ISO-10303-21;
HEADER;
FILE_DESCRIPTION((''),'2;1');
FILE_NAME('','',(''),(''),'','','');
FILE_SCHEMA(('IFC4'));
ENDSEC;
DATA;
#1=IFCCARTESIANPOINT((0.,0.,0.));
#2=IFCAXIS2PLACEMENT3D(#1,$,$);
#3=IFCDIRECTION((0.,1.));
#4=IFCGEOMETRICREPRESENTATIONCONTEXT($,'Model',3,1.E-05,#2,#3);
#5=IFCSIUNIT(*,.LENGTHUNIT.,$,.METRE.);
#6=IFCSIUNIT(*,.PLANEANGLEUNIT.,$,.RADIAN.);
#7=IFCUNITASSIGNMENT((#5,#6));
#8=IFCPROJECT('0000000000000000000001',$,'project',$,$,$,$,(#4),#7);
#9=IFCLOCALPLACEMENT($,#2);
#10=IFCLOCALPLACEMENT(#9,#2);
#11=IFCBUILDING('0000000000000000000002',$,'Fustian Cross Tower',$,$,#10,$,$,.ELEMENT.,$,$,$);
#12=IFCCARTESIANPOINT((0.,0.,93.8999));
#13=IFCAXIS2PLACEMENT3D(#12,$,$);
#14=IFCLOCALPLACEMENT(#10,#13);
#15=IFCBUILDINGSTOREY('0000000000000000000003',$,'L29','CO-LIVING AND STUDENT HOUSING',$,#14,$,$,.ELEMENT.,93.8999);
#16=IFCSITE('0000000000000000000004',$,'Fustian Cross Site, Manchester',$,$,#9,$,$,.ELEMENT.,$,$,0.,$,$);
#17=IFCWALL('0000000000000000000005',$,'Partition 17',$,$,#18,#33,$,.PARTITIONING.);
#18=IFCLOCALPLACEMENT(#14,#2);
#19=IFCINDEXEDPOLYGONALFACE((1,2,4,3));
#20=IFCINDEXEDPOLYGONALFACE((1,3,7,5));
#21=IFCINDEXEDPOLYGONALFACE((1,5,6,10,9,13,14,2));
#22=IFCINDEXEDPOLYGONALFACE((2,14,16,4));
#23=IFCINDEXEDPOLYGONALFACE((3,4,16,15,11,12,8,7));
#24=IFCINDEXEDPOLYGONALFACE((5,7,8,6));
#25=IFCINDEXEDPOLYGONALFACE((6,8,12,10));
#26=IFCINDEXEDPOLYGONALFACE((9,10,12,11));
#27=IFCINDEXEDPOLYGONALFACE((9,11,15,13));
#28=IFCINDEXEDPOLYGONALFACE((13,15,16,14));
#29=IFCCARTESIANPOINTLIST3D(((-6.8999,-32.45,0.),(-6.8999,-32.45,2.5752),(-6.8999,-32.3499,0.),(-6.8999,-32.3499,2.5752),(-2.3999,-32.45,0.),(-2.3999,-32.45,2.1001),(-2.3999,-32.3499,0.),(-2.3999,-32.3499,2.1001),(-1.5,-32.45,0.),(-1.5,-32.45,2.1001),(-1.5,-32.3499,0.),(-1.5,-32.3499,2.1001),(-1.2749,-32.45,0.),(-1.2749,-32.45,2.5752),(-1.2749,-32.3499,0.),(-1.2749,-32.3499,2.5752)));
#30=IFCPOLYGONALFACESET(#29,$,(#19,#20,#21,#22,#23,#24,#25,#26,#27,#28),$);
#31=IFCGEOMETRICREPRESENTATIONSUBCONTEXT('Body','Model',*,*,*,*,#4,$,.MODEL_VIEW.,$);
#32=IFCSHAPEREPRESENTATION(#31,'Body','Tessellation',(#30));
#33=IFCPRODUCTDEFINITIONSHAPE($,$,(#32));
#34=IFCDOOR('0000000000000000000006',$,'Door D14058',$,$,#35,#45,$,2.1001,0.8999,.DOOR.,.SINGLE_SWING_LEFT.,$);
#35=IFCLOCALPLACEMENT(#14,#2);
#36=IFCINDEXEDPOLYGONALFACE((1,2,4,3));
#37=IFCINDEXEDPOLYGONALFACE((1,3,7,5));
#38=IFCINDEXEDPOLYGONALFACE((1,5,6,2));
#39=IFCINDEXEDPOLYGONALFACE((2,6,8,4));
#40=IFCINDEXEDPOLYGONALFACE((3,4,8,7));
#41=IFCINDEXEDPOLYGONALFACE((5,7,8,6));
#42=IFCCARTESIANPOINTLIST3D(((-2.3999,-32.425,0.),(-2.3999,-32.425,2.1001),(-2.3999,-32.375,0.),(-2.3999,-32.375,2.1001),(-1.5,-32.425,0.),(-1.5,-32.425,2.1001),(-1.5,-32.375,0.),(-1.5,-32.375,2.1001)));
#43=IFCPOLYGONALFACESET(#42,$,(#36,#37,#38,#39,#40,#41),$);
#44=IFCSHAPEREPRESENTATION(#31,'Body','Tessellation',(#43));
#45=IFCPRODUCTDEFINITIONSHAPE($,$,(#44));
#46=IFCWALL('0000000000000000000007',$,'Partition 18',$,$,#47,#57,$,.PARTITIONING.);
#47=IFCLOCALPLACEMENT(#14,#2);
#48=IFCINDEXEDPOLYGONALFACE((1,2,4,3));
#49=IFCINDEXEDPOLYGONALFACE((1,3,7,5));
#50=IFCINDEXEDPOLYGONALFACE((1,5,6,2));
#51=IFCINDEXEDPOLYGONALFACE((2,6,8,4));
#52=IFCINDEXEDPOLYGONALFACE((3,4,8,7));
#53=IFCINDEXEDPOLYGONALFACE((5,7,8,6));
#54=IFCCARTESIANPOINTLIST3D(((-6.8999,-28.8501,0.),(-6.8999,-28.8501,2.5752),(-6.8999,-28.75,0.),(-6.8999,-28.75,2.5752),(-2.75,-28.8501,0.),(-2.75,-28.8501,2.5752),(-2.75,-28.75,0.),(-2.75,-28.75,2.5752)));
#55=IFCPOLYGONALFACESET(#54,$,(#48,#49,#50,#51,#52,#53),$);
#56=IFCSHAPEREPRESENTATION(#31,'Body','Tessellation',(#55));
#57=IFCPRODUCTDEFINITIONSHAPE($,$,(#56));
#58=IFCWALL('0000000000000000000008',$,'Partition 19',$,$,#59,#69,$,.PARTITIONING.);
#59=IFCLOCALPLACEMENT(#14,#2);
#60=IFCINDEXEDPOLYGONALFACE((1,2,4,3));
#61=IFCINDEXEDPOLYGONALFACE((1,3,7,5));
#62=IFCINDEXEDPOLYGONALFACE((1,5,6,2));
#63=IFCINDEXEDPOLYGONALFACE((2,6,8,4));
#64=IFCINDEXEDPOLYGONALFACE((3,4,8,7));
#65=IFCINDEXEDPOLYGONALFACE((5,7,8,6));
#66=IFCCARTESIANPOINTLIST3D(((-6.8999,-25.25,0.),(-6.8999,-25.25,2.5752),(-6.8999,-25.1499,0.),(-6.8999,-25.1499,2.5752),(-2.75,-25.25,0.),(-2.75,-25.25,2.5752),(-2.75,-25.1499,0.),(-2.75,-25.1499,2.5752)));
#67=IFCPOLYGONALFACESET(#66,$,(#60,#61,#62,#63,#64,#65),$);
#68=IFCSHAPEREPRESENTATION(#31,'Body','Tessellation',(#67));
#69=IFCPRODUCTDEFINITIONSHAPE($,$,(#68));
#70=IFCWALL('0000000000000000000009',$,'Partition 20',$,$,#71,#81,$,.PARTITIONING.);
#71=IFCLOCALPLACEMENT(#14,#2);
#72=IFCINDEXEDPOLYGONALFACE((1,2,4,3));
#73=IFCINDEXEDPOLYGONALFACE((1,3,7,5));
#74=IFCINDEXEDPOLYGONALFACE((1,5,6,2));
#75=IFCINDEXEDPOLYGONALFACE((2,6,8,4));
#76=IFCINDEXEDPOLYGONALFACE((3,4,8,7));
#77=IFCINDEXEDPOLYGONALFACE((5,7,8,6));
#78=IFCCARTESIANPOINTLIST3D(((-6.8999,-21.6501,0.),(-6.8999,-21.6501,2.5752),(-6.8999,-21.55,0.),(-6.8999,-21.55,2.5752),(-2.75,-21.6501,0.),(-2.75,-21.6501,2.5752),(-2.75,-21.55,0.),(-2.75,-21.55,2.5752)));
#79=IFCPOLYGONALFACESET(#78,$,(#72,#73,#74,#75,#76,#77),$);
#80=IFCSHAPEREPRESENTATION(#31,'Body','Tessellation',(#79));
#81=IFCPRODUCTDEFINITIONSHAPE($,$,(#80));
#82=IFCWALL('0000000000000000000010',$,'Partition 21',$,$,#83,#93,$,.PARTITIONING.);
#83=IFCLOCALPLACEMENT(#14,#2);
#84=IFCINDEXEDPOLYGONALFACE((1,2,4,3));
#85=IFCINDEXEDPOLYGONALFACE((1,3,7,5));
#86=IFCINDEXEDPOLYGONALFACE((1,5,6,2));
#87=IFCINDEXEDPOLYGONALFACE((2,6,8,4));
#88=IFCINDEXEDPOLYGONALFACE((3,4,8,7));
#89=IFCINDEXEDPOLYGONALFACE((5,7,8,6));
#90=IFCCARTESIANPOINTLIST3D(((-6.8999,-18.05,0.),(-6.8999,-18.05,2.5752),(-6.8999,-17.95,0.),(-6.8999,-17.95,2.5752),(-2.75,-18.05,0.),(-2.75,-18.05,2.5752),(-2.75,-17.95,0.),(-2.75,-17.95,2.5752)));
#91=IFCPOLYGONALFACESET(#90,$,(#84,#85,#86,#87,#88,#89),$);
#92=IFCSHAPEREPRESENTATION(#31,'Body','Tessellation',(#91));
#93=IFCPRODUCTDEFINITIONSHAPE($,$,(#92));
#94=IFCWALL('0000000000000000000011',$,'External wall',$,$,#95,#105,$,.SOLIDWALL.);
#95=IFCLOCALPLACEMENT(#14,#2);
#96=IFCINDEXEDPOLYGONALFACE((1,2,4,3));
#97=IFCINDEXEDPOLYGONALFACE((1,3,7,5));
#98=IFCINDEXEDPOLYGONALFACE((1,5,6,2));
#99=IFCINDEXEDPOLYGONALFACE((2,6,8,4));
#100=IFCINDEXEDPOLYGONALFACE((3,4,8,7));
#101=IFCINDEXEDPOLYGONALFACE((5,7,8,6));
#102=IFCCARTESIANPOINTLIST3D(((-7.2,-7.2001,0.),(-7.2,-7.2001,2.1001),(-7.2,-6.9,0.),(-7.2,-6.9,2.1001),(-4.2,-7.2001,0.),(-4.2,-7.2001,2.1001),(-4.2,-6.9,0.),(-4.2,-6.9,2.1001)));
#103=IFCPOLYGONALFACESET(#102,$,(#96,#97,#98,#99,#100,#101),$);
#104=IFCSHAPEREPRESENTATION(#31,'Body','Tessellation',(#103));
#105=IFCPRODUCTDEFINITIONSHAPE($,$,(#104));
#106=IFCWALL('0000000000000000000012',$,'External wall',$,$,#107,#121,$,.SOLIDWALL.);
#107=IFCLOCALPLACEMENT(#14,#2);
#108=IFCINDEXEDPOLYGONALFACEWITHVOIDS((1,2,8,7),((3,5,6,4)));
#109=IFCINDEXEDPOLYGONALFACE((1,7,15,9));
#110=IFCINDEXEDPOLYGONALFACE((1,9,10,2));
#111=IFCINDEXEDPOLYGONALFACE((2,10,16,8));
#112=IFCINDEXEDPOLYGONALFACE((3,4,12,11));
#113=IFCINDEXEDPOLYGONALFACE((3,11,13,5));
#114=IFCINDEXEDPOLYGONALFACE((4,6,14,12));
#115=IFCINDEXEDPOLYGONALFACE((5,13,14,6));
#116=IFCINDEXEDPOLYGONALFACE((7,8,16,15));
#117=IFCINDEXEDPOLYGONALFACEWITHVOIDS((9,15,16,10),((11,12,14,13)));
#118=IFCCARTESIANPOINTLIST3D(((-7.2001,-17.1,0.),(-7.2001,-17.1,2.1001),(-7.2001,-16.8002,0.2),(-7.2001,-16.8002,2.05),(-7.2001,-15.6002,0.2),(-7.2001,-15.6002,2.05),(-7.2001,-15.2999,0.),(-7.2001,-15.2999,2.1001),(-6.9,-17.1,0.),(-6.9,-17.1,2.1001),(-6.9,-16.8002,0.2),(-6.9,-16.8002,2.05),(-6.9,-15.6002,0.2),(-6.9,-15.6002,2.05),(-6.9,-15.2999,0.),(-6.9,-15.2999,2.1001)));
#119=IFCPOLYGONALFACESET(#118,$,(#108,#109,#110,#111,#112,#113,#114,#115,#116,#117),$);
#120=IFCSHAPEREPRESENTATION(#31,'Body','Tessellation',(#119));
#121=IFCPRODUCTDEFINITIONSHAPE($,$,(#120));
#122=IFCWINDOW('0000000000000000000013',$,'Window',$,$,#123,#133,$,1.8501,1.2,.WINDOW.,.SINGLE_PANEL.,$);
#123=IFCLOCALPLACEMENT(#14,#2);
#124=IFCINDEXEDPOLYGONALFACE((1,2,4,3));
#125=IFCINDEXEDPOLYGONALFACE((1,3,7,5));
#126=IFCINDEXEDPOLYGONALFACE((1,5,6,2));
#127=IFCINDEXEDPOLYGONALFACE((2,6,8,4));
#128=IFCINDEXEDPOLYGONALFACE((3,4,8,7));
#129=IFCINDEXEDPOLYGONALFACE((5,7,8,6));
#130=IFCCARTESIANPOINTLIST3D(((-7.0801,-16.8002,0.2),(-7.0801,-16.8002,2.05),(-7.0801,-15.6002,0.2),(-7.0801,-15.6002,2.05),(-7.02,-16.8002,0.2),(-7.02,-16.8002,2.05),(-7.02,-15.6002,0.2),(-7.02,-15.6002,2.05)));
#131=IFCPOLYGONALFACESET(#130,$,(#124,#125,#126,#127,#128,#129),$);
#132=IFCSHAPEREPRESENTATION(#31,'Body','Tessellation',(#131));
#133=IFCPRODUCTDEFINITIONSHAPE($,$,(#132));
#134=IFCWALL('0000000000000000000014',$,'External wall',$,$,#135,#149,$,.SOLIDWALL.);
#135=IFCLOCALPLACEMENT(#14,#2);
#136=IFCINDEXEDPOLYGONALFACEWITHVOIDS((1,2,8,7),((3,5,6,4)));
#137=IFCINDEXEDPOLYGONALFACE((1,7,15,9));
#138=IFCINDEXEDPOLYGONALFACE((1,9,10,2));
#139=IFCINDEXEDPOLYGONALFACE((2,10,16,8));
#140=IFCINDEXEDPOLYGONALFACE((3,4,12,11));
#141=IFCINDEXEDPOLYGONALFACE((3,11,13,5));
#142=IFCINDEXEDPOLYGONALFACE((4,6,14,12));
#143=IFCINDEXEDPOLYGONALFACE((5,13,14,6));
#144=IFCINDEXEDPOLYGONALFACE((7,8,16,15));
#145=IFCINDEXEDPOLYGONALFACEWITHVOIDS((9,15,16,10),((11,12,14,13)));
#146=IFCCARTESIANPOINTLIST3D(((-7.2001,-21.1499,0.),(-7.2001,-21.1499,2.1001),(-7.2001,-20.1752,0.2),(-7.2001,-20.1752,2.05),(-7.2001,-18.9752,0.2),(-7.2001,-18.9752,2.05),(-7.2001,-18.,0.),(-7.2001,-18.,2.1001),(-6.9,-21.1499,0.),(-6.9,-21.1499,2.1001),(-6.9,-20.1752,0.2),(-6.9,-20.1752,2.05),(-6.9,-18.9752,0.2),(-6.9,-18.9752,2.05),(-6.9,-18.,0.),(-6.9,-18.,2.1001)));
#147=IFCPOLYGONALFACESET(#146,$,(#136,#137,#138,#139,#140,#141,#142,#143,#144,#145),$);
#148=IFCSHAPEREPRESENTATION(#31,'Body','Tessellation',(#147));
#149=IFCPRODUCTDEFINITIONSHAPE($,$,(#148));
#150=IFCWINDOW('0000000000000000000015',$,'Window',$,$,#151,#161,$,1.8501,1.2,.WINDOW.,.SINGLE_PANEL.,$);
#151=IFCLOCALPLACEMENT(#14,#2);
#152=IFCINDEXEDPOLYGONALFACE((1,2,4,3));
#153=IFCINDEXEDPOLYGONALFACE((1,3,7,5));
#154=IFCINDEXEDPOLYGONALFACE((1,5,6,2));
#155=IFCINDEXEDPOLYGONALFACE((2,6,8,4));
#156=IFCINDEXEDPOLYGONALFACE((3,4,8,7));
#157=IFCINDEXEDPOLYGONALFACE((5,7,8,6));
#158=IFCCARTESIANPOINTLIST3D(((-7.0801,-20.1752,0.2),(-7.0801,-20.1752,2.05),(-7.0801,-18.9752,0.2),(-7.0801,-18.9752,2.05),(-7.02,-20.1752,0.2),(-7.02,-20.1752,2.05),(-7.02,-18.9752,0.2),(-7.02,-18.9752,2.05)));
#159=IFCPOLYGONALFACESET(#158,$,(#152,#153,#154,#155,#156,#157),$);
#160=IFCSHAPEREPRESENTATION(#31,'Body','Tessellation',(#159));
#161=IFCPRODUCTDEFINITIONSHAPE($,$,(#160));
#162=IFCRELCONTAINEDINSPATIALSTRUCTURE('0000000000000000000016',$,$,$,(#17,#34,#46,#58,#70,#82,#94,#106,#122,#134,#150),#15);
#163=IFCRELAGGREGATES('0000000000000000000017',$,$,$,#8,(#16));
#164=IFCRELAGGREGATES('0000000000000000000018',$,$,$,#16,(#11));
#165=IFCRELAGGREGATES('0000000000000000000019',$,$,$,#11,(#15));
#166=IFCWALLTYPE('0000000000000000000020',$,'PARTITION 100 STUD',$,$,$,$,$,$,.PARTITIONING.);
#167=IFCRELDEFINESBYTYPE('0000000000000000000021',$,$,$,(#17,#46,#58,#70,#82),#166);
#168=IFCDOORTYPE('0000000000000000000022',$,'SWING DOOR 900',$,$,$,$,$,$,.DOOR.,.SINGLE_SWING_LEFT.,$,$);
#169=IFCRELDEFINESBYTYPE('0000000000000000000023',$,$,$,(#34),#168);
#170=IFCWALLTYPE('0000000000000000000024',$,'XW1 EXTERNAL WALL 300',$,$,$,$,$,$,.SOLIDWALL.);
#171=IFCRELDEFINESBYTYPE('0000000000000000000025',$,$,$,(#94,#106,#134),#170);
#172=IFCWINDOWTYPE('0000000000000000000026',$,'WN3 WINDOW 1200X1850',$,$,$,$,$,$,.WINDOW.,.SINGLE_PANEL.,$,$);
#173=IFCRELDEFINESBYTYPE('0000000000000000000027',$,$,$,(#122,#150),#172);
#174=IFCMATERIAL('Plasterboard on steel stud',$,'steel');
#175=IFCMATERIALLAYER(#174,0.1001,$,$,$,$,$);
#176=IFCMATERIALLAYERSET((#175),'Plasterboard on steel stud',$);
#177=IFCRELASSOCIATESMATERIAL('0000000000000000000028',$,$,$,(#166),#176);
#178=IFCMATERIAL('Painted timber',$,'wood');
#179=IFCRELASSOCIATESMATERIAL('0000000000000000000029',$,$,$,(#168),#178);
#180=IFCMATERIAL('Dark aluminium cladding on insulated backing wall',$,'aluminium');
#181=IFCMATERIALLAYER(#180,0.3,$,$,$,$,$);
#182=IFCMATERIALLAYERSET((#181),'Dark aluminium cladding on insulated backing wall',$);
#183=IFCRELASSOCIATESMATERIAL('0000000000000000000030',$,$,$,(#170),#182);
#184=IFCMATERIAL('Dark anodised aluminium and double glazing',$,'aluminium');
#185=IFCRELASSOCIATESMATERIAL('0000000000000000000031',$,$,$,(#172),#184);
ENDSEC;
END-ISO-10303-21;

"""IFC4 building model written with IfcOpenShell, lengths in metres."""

from ifc_helpers import new_model, si_unit, direction, frame, frame_2d, origin, place, context, subcontext, project, spatial, rectangle, extrude, material, layer, layer_set, type_object, element, fill, save


model = new_model("IFC4")

# Units and contexts
model_context = context("Model", 3, precision=1e-05, world=origin(), true_north=direction((0.0, 1.0)))
body_context = subcontext(model_context, "Body", "Model", "MODEL_VIEW")
ifc_project = project(units=[si_unit("LENGTHUNIT", "METRE"), si_unit("PLANEANGLEUNIT", "RADIAN")], contexts=[model_context])

# Site, building, storey
site_placement = place(None, origin())
site = spatial("IfcSite", under=ifc_project, at=site_placement, Name="Fustian Cross Site, Manchester", CompositionType="ELEMENT", RefElevation=0.0)
building_placement = place(site_placement, origin())
building = spatial("IfcBuilding", under=site, at=building_placement, Name="Fustian Cross Tower", CompositionType="ELEMENT")
storey_placement = place(building_placement, frame((0.0, 0.0, 93.8999)))
storey = spatial("IfcBuildingStorey", under=building, at=storey_placement, Name="L29", Description="CO-LIVING AND STUDENT HOUSING", CompositionType="ELEMENT", Elevation=93.8999)

# Shared definitions
ifc_material_1 = material(Name="Plasterboard on steel stud", Category="steel")
ifc_layer_1 = layer(ifc_material_1, 0.1001)
ifc_layer_set_1 = layer_set([ifc_layer_1], Name="Plasterboard on steel stud")
wall_type_1 = type_object("IfcWallType", Name="PARTITION 100 STUD", PredefinedType="PARTITIONING", material=ifc_layer_set_1)

# Wall, opening, door
wall_1_placement = place(storey_placement, frame((-6.8999, -32.3999, 0.0), z_axis=(0.0, 0.0, 1.0), x_axis=(1.0, 0.0, 0.0)))
wall_1 = element("IfcWall", 1, at=wall_1_placement, inside=storey, type_object=wall_type_1, Name="Partition 17", PredefinedType="PARTITIONING", context=body_context, shape_type="SweptSolid", body=[
    extrude(rectangle(XDim=5.625, YDim=0.1001, at=frame_2d((2.8125, 0.0))), origin(), (0.0, 0.0, 1.0), 2.5752),
])
opening_1_placement = place(wall_1_placement, frame((4.5, 0.0, 0.0)))
opening_1 = element("IfcOpeningElement", 2, at=opening_1_placement, cuts=wall_1, PredefinedType="OPENING", context=body_context, shape_type="SweptSolid", body=[
    extrude(rectangle(XDim=0.8999, YDim=2.1001, at=frame_2d((0.45, 1.05))), frame((0.0, 0.0601, 0.0), z_axis=(0.0, -1.0, 0.0), x_axis=(1.0, 0.0, 0.0)), (0.0, 0.0, 1.0), 0.1201),
])
ifc_material_2 = material(Name="Painted timber", Category="wood")
door_type_1 = type_object("IfcDoorType", Name="SWING DOOR 900", OperationType="SINGLE_SWING_LEFT", PredefinedType="DOOR", material=ifc_material_2)
door_1_placement = place(opening_1_placement, origin())
door_1 = element("IfcDoor", 3, at=door_1_placement, inside=storey, type_object=door_type_1, Name="Door D14058", OperationType="SINGLE_SWING_LEFT", OverallHeight=2.1001, OverallWidth=0.8999, PredefinedType="DOOR", context=body_context, shape_type="SweptSolid", body=[
    extrude(rectangle(XDim=0.8999, YDim=2.1001, at=frame_2d((0.45, 1.05))), frame((0.0, 0.0249, 0.0), z_axis=(0.0, -1.0, 0.0), x_axis=(1.0, 0.0, 0.0)), (0.0, 0.0, 1.0), 0.05),
])
fill(opening_1, door_1)

# Walls
for number, where, z_axis, x_axis, name in (
    (4, (-6.8999, -28.8, 0.0), (0.0, 0.0, 1.0), (1.0, 0.0, 0.0), "Partition 18"),
    (5, (-6.8999, -25.2, 0.0), (0.0, 0.0, 1.0), (1.0, 0.0, 0.0), "Partition 19"),
    (6, (-6.8999, -21.6001, 0.0), (0.0, 0.0, 1.0), (1.0, 0.0, 0.0), "Partition 20"),
    (7, (-6.8999, -18.0, 0.0), (0.0, 0.0, 1.0), (1.0, 0.0, 0.0), "Partition 21"),
):
    element("IfcWall", number, at=place(storey_placement, frame(where, z_axis=z_axis, x_axis=x_axis)), inside=storey, type_object=wall_type_1, Name=name, PredefinedType="PARTITIONING", context=body_context, shape_type="SweptSolid", body=[
        extrude(rectangle(XDim=4.1499, YDim=0.1001, at=frame_2d((2.075, 0.0))), origin(), (0.0, 0.0, 1.0), 2.5752),
    ])
ifc_material_3 = material(Name="Dark aluminium cladding on insulated backing wall", Category="aluminium")
ifc_layer_2 = layer(ifc_material_3, 0.3)
ifc_layer_set_2 = layer_set([ifc_layer_2], Name="Dark aluminium cladding on insulated backing wall")
wall_type_2 = type_object("IfcWallType", Name="XW1 EXTERNAL WALL 300", PredefinedType="SOLIDWALL", material=ifc_layer_set_2)
wall_2_placement = place(storey_placement, frame((-7.2, -7.05, 0.0), z_axis=(0.0, 0.0, 1.0), x_axis=(1.0, 0.0, 0.0)))
element("IfcWall", 8, at=wall_2_placement, inside=storey, type_object=wall_type_2, Name="External wall", PredefinedType="SOLIDWALL", context=body_context, shape_type="SweptSolid", body=[
    extrude(rectangle(XDim=3.0, YDim=0.3, at=frame_2d((1.5, 0.0))), origin(), (0.0, 0.0, 1.0), 2.1001),
])

# Walls, openings, windows
wall_3_placement = place(storey_placement, frame((-7.05, -15.3, 0.0), z_axis=(0.0, 0.0, 1.0), x_axis=(0.0, -1.0, 0.0)))
wall_3 = element("IfcWall", 9, at=wall_3_placement, inside=storey, type_object=wall_type_2, Name="External wall", PredefinedType="SOLIDWALL", context=body_context, shape_type="SweptSolid", body=[
    extrude(rectangle(XDim=1.8, YDim=0.3, at=frame_2d((0.8999, 0.0))), origin(), (0.0, 0.0, 1.0), 2.1001),
])
opening_2_placement = place(wall_3_placement, frame((0.3, 0.0, 0.2)))
opening_2 = element("IfcOpeningElement", 10, at=opening_2_placement, cuts=wall_3, PredefinedType="OPENING", context=body_context, shape_type="SweptSolid", body=[
    extrude(rectangle(XDim=1.2, YDim=1.8501, at=frame_2d((0.6001, 0.925))), frame((0.0, 0.1599, 0.0), z_axis=(0.0, -1.0, 0.0), x_axis=(1.0, 0.0, 0.0)), (0.0, 0.0, 1.0), 0.3201),
])
ifc_material_4 = material(Name="Dark anodised aluminium and double glazing", Category="aluminium")
window_type_1 = type_object("IfcWindowType", Name="WN3 WINDOW 1200X1850", PartitioningType="SINGLE_PANEL", PredefinedType="WINDOW", material=ifc_material_4)
window_1_placement = place(opening_2_placement, origin())
window_1 = element("IfcWindow", 11, at=window_1_placement, inside=storey, type_object=window_type_1, Name="Window", OverallHeight=1.8501, OverallWidth=1.2, PartitioningType="SINGLE_PANEL", PredefinedType="WINDOW", context=body_context, shape_type="SweptSolid", body=[
    extrude(rectangle(XDim=1.2, YDim=1.8501, at=frame_2d((0.6001, 0.925))), frame((0.0, 0.03, 0.0), z_axis=(0.0, -1.0, 0.0), x_axis=(1.0, 0.0, 0.0)), (0.0, 0.0, 1.0), 0.0601),
])
fill(opening_2, window_1)
wall_4_placement = place(storey_placement, frame((-7.05, -18.0, 0.0), z_axis=(0.0, 0.0, 1.0), x_axis=(0.0, -1.0, 0.0)))
wall_4 = element("IfcWall", 12, at=wall_4_placement, inside=storey, type_object=wall_type_2, Name="External wall", PredefinedType="SOLIDWALL", context=body_context, shape_type="SweptSolid", body=[
    extrude(rectangle(XDim=3.1499, YDim=0.3, at=frame_2d((1.575, 0.0))), origin(), (0.0, 0.0, 1.0), 2.1001),
])
opening_3_placement = place(wall_4_placement, frame((0.9751, 0.0, 0.2)))
opening_3 = element("IfcOpeningElement", 13, at=opening_3_placement, cuts=wall_4, PredefinedType="OPENING", context=body_context, shape_type="SweptSolid", body=[
    extrude(rectangle(XDim=1.2, YDim=1.8501, at=frame_2d((0.6001, 0.925))), frame((0.0, 0.1599, 0.0), z_axis=(0.0, -1.0, 0.0), x_axis=(1.0, 0.0, 0.0)), (0.0, 0.0, 1.0), 0.3201),
])
window_2_placement = place(opening_3_placement, origin())
window_2 = element("IfcWindow", 14, at=window_2_placement, inside=storey, type_object=window_type_1, Name="Window", OverallHeight=1.8501, OverallWidth=1.2, PartitioningType="SINGLE_PANEL", PredefinedType="WINDOW", context=body_context, shape_type="SweptSolid", body=[
    extrude(rectangle(XDim=1.2, YDim=1.8501, at=frame_2d((0.6001, 0.925))), frame((0.0, 0.03, 0.0), z_axis=(0.0, -1.0, 0.0), x_axis=(1.0, 0.0, 0.0)), (0.0, 0.0, 1.0), 0.0601),
])
fill(opening_3, window_2)

save(model, "model.ifc")
